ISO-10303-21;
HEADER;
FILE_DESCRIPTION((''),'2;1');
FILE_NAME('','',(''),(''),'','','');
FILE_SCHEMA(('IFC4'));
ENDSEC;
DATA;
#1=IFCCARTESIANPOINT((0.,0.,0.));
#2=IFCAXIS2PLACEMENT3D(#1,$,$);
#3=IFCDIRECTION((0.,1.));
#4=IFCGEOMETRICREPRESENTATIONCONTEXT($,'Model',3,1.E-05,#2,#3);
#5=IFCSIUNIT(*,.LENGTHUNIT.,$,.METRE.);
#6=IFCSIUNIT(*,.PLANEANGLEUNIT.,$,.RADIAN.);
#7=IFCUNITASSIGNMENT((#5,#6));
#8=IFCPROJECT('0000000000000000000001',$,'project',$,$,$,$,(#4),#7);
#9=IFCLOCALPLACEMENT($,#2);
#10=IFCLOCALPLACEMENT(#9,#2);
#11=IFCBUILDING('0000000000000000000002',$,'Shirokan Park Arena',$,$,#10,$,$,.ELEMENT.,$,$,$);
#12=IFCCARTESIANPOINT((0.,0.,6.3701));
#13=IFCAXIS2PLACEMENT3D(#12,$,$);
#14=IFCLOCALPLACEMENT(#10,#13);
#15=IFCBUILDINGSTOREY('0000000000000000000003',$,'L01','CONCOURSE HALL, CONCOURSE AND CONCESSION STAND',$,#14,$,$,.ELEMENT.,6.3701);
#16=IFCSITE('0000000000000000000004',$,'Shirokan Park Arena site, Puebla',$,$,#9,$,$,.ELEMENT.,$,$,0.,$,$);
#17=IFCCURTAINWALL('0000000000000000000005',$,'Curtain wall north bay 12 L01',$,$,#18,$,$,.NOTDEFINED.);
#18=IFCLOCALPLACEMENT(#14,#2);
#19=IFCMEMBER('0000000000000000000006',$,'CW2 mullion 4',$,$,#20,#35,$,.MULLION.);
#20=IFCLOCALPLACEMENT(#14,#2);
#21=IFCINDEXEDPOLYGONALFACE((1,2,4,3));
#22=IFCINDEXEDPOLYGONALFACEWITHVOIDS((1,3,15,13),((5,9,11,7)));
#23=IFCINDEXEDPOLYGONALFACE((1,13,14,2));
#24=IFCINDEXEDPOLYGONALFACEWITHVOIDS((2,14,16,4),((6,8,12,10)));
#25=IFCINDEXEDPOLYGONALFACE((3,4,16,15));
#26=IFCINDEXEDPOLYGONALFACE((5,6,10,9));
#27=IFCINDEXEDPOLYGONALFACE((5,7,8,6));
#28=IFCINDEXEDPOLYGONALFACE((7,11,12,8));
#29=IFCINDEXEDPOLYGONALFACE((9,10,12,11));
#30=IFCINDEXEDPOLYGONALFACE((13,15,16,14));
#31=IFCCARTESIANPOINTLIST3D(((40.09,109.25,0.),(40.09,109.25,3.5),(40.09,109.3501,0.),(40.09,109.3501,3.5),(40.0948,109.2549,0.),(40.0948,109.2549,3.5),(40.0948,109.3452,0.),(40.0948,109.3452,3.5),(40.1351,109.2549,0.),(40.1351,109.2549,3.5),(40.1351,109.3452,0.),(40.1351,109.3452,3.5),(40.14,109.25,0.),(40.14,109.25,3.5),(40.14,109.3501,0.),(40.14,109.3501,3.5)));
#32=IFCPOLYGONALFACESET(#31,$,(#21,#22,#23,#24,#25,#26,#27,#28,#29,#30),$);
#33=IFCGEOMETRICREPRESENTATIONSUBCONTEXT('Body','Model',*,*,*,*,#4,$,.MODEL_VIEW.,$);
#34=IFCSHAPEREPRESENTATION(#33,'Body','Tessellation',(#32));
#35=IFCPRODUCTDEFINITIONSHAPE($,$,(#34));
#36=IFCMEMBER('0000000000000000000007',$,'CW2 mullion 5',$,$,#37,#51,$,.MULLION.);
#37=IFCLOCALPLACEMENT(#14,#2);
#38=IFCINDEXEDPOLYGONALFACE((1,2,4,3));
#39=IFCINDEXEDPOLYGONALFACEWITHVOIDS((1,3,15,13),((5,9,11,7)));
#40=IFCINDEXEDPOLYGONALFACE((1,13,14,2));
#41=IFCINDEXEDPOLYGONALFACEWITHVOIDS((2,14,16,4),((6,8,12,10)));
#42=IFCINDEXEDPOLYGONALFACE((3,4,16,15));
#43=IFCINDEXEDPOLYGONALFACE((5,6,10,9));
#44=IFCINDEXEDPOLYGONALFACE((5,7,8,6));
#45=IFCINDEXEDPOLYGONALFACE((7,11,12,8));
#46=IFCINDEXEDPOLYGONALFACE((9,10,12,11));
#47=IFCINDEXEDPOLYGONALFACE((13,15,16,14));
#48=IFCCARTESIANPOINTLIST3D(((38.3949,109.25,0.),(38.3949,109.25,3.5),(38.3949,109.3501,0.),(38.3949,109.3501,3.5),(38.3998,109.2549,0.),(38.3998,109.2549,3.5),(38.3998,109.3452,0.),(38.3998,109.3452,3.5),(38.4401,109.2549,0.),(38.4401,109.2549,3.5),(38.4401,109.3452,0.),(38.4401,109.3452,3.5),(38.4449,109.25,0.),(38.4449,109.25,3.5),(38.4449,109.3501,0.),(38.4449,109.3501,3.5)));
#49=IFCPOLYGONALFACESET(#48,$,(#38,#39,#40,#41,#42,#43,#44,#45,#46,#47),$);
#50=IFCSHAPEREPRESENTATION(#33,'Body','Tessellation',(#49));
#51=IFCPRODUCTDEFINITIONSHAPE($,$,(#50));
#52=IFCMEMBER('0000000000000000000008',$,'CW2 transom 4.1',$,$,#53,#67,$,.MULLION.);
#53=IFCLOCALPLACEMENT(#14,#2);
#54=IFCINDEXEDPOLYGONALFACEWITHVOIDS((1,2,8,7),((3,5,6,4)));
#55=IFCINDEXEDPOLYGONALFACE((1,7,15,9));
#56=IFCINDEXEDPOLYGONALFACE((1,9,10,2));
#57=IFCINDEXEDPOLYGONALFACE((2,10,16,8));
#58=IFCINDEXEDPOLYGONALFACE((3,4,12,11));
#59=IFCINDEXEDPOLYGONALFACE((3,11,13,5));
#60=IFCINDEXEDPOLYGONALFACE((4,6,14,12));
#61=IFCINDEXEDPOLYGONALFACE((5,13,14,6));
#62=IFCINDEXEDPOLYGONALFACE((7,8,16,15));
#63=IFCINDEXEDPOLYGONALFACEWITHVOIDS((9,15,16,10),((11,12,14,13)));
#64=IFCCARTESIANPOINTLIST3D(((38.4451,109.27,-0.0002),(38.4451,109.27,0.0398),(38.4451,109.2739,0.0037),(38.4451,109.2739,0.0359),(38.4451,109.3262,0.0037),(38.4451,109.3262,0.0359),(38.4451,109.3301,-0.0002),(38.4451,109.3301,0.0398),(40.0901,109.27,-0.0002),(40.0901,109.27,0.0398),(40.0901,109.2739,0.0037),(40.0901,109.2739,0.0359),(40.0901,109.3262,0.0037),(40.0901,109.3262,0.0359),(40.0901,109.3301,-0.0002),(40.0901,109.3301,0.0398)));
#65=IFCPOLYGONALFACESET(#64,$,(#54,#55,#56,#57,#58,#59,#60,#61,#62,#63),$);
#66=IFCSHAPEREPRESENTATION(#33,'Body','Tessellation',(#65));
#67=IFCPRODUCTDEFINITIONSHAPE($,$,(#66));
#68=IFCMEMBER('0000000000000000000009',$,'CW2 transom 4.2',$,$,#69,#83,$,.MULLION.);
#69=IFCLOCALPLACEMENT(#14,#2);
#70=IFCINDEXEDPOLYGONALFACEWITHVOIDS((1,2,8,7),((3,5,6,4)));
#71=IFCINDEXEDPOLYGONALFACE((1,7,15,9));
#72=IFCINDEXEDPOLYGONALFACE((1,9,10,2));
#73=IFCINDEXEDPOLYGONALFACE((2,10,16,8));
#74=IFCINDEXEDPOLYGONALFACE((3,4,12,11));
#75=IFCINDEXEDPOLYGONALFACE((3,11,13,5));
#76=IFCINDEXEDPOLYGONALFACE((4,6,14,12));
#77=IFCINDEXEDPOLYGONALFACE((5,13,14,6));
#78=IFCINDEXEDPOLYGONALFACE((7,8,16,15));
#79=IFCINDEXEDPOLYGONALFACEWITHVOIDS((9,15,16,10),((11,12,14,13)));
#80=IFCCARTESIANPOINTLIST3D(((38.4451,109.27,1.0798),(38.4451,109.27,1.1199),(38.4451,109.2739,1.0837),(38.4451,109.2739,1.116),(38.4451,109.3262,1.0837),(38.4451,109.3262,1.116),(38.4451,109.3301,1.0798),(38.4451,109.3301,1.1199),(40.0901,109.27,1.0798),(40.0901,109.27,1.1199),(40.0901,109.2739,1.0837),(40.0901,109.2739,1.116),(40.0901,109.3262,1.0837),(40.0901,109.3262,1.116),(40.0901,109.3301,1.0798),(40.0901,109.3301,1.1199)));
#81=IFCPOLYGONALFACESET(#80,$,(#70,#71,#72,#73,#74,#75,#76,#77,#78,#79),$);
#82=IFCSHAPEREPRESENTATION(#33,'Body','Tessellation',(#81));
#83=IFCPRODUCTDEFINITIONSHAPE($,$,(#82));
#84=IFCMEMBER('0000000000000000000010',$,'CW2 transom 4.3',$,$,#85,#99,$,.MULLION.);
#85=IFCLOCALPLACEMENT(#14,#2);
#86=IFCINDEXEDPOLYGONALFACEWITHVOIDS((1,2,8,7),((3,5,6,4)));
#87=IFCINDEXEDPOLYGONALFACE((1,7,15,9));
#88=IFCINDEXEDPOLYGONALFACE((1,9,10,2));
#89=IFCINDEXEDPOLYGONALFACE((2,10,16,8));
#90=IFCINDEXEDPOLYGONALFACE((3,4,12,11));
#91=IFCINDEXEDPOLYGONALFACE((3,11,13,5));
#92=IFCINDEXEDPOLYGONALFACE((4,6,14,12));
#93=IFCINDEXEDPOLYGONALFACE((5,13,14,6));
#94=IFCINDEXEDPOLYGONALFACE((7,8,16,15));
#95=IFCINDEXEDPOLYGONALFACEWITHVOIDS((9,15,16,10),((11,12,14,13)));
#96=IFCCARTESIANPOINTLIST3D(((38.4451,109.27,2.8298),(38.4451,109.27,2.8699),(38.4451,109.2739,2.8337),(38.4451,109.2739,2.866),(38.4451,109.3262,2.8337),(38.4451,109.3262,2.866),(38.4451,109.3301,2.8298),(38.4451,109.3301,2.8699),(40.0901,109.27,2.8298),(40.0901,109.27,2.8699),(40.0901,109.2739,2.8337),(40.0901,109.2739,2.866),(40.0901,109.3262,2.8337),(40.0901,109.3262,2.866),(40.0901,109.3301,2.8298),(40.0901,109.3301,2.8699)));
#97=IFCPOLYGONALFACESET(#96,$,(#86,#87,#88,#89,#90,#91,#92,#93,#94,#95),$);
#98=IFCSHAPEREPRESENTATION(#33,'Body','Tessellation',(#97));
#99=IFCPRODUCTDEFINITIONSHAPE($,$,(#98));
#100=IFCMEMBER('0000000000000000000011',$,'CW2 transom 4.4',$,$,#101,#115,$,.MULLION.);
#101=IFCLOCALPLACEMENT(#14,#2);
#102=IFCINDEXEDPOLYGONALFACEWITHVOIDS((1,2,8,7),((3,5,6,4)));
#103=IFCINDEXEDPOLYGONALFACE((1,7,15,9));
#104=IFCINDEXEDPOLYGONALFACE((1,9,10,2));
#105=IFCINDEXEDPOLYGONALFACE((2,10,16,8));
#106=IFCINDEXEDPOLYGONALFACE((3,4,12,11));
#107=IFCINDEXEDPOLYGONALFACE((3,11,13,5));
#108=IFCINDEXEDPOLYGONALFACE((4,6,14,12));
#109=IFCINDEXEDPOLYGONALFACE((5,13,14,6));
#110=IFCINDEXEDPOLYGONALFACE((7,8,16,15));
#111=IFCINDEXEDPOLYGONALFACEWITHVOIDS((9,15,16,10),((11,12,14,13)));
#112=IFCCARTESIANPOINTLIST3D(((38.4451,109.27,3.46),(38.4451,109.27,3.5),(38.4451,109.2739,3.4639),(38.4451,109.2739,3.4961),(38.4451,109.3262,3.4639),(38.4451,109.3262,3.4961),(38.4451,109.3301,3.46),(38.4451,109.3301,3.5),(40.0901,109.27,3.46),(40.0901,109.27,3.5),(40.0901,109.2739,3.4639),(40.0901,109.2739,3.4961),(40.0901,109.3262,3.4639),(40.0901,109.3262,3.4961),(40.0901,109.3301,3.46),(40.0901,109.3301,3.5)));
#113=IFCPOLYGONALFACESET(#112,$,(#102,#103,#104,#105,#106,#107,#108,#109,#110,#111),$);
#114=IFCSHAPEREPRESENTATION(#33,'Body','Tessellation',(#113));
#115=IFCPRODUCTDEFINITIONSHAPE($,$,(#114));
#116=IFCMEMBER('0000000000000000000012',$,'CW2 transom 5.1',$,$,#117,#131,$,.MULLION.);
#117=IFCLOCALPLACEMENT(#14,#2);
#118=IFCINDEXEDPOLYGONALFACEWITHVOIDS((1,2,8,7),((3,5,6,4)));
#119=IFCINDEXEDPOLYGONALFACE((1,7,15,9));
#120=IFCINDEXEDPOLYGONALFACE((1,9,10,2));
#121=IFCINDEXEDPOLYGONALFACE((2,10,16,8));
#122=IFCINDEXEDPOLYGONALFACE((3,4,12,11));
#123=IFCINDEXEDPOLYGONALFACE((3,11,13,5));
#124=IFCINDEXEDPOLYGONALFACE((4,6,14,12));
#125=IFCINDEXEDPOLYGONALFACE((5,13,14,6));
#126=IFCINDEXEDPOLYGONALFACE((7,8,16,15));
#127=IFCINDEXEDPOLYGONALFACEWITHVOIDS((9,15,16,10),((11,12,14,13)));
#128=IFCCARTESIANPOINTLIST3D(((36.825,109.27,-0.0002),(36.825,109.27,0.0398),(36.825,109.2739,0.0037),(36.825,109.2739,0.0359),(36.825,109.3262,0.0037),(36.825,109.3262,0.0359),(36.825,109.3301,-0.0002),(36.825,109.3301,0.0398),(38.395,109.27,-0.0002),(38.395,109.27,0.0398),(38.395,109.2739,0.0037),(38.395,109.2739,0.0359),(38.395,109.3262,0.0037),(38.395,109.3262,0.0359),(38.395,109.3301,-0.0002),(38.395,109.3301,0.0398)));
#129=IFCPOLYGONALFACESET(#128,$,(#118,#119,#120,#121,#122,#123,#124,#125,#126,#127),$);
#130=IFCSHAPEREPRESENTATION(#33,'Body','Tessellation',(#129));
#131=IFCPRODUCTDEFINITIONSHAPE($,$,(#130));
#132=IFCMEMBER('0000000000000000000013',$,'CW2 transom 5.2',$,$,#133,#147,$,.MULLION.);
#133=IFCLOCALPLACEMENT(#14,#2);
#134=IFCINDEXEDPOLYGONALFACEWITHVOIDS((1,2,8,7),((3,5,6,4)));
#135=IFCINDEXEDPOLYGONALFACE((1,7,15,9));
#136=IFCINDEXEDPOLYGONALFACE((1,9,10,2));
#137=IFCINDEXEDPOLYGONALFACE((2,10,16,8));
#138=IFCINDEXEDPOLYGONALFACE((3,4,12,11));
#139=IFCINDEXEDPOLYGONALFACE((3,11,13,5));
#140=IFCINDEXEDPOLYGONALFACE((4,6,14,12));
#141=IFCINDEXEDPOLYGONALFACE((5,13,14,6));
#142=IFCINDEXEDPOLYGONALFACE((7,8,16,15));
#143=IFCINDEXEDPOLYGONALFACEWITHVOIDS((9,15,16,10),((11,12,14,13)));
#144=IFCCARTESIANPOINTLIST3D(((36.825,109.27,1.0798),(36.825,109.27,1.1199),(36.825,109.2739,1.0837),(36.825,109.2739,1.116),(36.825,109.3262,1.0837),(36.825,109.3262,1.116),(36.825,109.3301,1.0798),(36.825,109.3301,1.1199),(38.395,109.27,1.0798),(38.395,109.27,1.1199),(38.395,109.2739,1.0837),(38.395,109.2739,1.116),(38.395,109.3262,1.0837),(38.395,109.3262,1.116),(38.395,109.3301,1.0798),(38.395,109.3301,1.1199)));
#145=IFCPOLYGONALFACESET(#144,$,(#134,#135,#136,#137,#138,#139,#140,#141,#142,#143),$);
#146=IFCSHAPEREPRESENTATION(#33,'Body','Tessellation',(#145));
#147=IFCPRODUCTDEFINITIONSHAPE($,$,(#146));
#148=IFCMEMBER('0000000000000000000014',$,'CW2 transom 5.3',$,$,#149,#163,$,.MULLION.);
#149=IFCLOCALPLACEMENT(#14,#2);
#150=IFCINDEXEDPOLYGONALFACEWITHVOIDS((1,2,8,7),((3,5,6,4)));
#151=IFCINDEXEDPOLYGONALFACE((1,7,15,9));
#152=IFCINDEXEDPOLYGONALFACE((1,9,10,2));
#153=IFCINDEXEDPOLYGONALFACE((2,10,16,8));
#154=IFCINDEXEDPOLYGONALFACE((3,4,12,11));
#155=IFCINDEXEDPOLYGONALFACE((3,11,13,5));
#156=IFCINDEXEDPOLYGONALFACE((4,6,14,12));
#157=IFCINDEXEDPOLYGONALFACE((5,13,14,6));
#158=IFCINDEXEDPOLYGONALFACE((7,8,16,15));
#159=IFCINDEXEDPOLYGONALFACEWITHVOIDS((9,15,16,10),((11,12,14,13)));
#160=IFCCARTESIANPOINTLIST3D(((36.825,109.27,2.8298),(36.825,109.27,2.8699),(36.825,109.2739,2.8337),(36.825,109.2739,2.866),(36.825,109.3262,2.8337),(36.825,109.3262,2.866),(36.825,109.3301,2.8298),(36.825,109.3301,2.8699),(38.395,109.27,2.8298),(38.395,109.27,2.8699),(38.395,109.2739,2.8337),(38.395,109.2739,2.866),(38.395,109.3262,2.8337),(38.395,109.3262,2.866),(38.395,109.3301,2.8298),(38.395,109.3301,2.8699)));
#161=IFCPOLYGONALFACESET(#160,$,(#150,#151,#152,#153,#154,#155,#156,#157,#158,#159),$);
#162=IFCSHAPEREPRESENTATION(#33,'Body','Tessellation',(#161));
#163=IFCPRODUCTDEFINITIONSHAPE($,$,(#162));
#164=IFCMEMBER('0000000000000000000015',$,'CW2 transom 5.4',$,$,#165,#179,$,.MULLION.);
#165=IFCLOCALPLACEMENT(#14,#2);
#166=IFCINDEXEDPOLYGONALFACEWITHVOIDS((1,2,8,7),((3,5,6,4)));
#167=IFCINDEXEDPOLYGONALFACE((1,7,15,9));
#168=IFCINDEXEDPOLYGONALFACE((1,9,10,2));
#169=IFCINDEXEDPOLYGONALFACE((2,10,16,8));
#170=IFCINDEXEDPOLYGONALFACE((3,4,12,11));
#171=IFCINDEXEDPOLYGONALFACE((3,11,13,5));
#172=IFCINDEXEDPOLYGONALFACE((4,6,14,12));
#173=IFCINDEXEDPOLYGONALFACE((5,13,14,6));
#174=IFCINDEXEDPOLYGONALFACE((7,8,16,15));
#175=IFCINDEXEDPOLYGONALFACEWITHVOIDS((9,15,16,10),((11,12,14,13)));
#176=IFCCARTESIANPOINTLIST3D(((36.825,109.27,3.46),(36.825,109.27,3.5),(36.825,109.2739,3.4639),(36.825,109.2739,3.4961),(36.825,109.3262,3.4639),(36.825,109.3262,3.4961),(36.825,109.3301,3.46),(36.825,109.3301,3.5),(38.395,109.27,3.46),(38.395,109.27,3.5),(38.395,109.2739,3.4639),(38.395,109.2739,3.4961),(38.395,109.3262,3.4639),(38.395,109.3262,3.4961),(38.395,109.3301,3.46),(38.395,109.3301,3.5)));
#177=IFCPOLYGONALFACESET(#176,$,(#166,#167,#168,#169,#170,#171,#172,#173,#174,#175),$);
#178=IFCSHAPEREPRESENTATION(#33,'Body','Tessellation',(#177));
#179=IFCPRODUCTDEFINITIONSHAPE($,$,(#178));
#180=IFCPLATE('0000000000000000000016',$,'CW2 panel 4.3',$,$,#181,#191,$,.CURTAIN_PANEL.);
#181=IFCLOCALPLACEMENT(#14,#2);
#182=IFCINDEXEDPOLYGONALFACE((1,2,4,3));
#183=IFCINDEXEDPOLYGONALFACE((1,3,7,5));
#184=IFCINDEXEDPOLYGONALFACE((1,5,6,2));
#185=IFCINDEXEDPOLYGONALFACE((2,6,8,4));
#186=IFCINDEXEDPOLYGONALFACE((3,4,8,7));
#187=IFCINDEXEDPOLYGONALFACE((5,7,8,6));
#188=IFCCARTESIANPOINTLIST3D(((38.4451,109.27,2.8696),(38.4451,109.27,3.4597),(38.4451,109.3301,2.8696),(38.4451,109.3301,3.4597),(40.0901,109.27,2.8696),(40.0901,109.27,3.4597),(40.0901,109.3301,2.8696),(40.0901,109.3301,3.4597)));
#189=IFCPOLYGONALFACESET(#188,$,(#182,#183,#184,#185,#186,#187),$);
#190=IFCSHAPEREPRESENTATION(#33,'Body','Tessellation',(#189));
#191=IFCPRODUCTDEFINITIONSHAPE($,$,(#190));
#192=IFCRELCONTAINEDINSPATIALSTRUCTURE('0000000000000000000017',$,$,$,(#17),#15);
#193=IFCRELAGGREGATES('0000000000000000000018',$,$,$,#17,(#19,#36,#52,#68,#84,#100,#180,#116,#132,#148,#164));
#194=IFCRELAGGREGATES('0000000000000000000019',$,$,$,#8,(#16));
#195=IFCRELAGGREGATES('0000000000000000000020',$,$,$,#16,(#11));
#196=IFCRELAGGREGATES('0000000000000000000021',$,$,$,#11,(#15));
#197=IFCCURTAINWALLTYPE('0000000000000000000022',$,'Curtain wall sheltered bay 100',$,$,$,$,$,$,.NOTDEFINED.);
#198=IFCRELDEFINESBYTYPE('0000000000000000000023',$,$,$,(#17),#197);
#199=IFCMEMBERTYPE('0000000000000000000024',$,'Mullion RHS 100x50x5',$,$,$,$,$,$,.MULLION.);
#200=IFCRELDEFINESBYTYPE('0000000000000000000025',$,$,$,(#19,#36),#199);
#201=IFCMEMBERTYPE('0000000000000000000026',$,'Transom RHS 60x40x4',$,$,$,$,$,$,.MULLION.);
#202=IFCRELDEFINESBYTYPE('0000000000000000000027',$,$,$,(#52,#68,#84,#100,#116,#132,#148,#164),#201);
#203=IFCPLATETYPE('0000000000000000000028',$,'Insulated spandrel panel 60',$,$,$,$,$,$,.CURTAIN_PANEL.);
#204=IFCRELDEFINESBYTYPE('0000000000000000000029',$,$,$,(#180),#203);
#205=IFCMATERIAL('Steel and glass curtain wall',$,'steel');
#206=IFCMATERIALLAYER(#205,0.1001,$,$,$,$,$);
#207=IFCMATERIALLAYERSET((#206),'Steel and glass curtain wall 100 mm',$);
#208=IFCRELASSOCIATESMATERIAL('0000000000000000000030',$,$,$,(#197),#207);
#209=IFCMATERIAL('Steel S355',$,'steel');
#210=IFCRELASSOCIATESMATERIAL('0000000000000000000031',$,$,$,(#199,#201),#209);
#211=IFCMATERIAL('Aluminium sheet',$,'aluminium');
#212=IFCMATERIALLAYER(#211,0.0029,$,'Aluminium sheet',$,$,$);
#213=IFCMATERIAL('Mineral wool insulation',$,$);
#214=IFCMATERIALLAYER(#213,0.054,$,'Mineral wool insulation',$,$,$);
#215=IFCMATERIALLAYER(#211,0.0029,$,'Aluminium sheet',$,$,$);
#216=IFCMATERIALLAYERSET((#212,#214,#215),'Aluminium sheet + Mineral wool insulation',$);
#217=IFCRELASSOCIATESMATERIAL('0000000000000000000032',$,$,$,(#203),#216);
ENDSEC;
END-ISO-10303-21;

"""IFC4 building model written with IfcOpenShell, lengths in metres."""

from ifc_helpers import new_model, si_unit, direction, frame, origin, origin_2d, place, context, subcontext, project, spatial, rectangle, hollow_rectangle, extrude, material, layer, layer_set, material_profile, profile_set, type_object, element, aggregate, save


model = new_model("IFC4")

# Units and contexts
model_context = context("Model", 3, precision=1e-05, world=origin(), true_north=direction((0.0, 1.0)))
body_context = subcontext(model_context, "Body", "Model", "MODEL_VIEW")
ifc_project = project(units=[si_unit("LENGTHUNIT", "METRE"), si_unit("PLANEANGLEUNIT", "RADIAN")], contexts=[model_context])

# Site, building, storey
site_placement = place(None, origin())
site = spatial("IfcSite", under=ifc_project, at=site_placement, Name="Shirokan Park Arena site, Puebla", CompositionType="ELEMENT", RefElevation=0.0)
building_placement = place(site_placement, origin())
building = spatial("IfcBuilding", under=site, at=building_placement, Name="Shirokan Park Arena", CompositionType="ELEMENT")
storey_placement = place(building_placement, frame((0.0, 0.0, 6.3701)))
storey = spatial("IfcBuildingStorey", under=building, at=storey_placement, Name="L01", Description="CONCOURSE HALL, CONCOURSE AND CONCESSION STAND", CompositionType="ELEMENT", Elevation=6.3701)

# Curtain wall, members, plate
ifc_material_1 = material(Name="Steel and glass curtain wall", Category="steel")
ifc_layer_1 = layer(ifc_material_1, 0.1001)
ifc_layer_set_1 = layer_set([ifc_layer_1], Name="Steel and glass curtain wall 100 mm")
curtain_wall_type = type_object("IfcCurtainWallType", Name="Curtain wall sheltered bay 100", PredefinedType="NOTDEFINED", material=ifc_layer_set_1)
curtain_wall_placement = place(storey_placement, origin())
curtain_wall = element("IfcCurtainWall", 1, at=curtain_wall_placement, inside=storey, type_object=curtain_wall_type, Name="Curtain wall north bay 12 L01", PredefinedType="NOTDEFINED")
ifc_material_2 = material(Name="Steel S355", Category="steel")
ifc_material_profile_1 = material_profile(ifc_material_2, hollow_rectangle(XDim=0.1001, YDim=0.05, WallThickness=0.0049, at=origin_2d()), Name="RHS 100x50x5")
ifc_profile_set_1 = profile_set([ifc_material_profile_1], Name="Steel S355")
member_type_1 = type_object("IfcMemberType", Name="Mullion RHS 100x50x5", PredefinedType="MULLION", material=ifc_profile_set_1)
member_1_placement = place(storey_placement, frame((40.115, 109.3, 0.0), z_axis=(0.0, 0.0, 1.0), x_axis=(0.0, -1.0, 0.0)))
member_1 = element("IfcMember", 2, at=member_1_placement, type_object=member_type_1, Name="CW2 mullion 4", PredefinedType="MULLION", context=body_context, shape_type="SweptSolid", body=[
    extrude(hollow_rectangle(XDim=0.1001, YDim=0.05, WallThickness=0.0049, at=origin_2d()), origin(), (0.0, 0.0, 1.0), 3.5),
])
member_2_placement = place(storey_placement, frame((38.4199, 109.3, 0.0), z_axis=(0.0, 0.0, 1.0), x_axis=(0.0, -1.0, 0.0)))
member_2 = element("IfcMember", 3, at=member_2_placement, type_object=member_type_1, Name="CW2 mullion 5", PredefinedType="MULLION", context=body_context, shape_type="SweptSolid", body=[
    extrude(hollow_rectangle(XDim=0.1001, YDim=0.05, WallThickness=0.0049, at=origin_2d()), origin(), (0.0, 0.0, 1.0), 3.5),
])
ifc_material_profile_2 = material_profile(ifc_material_2, hollow_rectangle(XDim=0.0601, YDim=0.04, WallThickness=0.0039, at=origin_2d()), Name="RHS 60x40x4")
ifc_profile_set_2 = profile_set([ifc_material_profile_2], Name="Steel S355")
member_type_2 = type_object("IfcMemberType", Name="Transom RHS 60x40x4", PredefinedType="MULLION", material=ifc_profile_set_2)
member_3_placement = place(storey_placement, frame((40.0901, 109.3, 0.0198), z_axis=(-1.0, 0.0, 0.0), x_axis=(0.0, -1.0, 0.0)))
member_3 = element("IfcMember", 4, at=member_3_placement, type_object=member_type_2, Name="CW2 transom 4.1", PredefinedType="MULLION", context=body_context, shape_type="SweptSolid", body=[
    extrude(hollow_rectangle(XDim=0.0601, YDim=0.04, WallThickness=0.0039, at=origin_2d()), origin(), (0.0, 0.0, 1.0), 1.645),
])
member_4_placement = place(storey_placement, frame((40.0901, 109.3, 1.0999), z_axis=(-1.0, 0.0, 0.0), x_axis=(0.0, -1.0, 0.0)))
member_4 = element("IfcMember", 5, at=member_4_placement, type_object=member_type_2, Name="CW2 transom 4.2", PredefinedType="MULLION", context=body_context, shape_type="SweptSolid", body=[
    extrude(hollow_rectangle(XDim=0.0601, YDim=0.04, WallThickness=0.0039, at=origin_2d()), origin(), (0.0, 0.0, 1.0), 1.645),
])
member_5_placement = place(storey_placement, frame((40.0901, 109.3, 2.8499), z_axis=(-1.0, 0.0, 0.0), x_axis=(0.0, -1.0, 0.0)))
member_5 = element("IfcMember", 6, at=member_5_placement, type_object=member_type_2, Name="CW2 transom 4.3", PredefinedType="MULLION", context=body_context, shape_type="SweptSolid", body=[
    extrude(hollow_rectangle(XDim=0.0601, YDim=0.04, WallThickness=0.0039, at=origin_2d()), origin(), (0.0, 0.0, 1.0), 1.645),
])
member_6_placement = place(storey_placement, frame((40.0901, 109.3, 3.48), z_axis=(-1.0, 0.0, 0.0), x_axis=(0.0, -1.0, 0.0)))
member_6 = element("IfcMember", 7, at=member_6_placement, type_object=member_type_2, Name="CW2 transom 4.4", PredefinedType="MULLION", context=body_context, shape_type="SweptSolid", body=[
    extrude(hollow_rectangle(XDim=0.0601, YDim=0.04, WallThickness=0.0039, at=origin_2d()), origin(), (0.0, 0.0, 1.0), 1.645),
])
member_7_placement = place(storey_placement, frame((38.395, 109.3, 0.0198), z_axis=(-1.0, 0.0, 0.0), x_axis=(0.0, -1.0, 0.0)))
member_7 = element("IfcMember", 8, at=member_7_placement, type_object=member_type_2, Name="CW2 transom 5.1", PredefinedType="MULLION", context=body_context, shape_type="SweptSolid", body=[
    extrude(hollow_rectangle(XDim=0.0601, YDim=0.04, WallThickness=0.0039, at=origin_2d()), origin(), (0.0, 0.0, 1.0), 1.5701),
])
member_8_placement = place(storey_placement, frame((38.395, 109.3, 1.0999), z_axis=(-1.0, 0.0, 0.0), x_axis=(0.0, -1.0, 0.0)))
member_8 = element("IfcMember", 9, at=member_8_placement, type_object=member_type_2, Name="CW2 transom 5.2", PredefinedType="MULLION", context=body_context, shape_type="SweptSolid", body=[
    extrude(hollow_rectangle(XDim=0.0601, YDim=0.04, WallThickness=0.0039, at=origin_2d()), origin(), (0.0, 0.0, 1.0), 1.5701),
])
member_9_placement = place(storey_placement, frame((38.395, 109.3, 2.8499), z_axis=(-1.0, 0.0, 0.0), x_axis=(0.0, -1.0, 0.0)))
member_9 = element("IfcMember", 10, at=member_9_placement, type_object=member_type_2, Name="CW2 transom 5.3", PredefinedType="MULLION", context=body_context, shape_type="SweptSolid", body=[
    extrude(hollow_rectangle(XDim=0.0601, YDim=0.04, WallThickness=0.0039, at=origin_2d()), origin(), (0.0, 0.0, 1.0), 1.5701),
])
member_10_placement = place(storey_placement, frame((38.395, 109.3, 3.48), z_axis=(-1.0, 0.0, 0.0), x_axis=(0.0, -1.0, 0.0)))
member_10 = element("IfcMember", 11, at=member_10_placement, type_object=member_type_2, Name="CW2 transom 5.4", PredefinedType="MULLION", context=body_context, shape_type="SweptSolid", body=[
    extrude(hollow_rectangle(XDim=0.0601, YDim=0.04, WallThickness=0.0039, at=origin_2d()), origin(), (0.0, 0.0, 1.0), 1.5701),
])
ifc_material_3 = material(Name="Aluminium sheet", Category="aluminium")
ifc_layer_2 = layer(ifc_material_3, 0.0029, Name="Aluminium sheet")
ifc_material_4 = material(Name="Mineral wool insulation")
ifc_layer_3 = layer(ifc_material_4, 0.054, Name="Mineral wool insulation")
ifc_layer_4 = layer(ifc_material_3, 0.0029, Name="Aluminium sheet")
ifc_layer_set_2 = layer_set([ifc_layer_2, ifc_layer_3, ifc_layer_4], Name="Aluminium sheet + Mineral wool insulation")
plate_type_1 = type_object("IfcPlateType", Name="Insulated spandrel panel 60", PredefinedType="CURTAIN_PANEL", material=ifc_layer_set_2)
plate_1_placement = place(storey_placement, frame((39.2676, 109.3, 2.8696), z_axis=(0.0, 0.0, 1.0), x_axis=(-1.0, 0.0, 0.0)))
plate_1 = element("IfcPlate", 12, at=plate_1_placement, type_object=plate_type_1, Name="CW2 panel 4.3", PredefinedType="CURTAIN_PANEL", context=body_context, shape_type="SweptSolid", body=[
    extrude(rectangle(XDim=1.645, YDim=0.0601, at=origin_2d()), origin(), (0.0, 0.0, 1.0), 0.5901),
])
aggregate(curtain_wall, [member_1, member_2, member_3, member_4, member_5, member_6, plate_1, member_7, member_8, member_9, member_10])

save(model, "model.ifc")
